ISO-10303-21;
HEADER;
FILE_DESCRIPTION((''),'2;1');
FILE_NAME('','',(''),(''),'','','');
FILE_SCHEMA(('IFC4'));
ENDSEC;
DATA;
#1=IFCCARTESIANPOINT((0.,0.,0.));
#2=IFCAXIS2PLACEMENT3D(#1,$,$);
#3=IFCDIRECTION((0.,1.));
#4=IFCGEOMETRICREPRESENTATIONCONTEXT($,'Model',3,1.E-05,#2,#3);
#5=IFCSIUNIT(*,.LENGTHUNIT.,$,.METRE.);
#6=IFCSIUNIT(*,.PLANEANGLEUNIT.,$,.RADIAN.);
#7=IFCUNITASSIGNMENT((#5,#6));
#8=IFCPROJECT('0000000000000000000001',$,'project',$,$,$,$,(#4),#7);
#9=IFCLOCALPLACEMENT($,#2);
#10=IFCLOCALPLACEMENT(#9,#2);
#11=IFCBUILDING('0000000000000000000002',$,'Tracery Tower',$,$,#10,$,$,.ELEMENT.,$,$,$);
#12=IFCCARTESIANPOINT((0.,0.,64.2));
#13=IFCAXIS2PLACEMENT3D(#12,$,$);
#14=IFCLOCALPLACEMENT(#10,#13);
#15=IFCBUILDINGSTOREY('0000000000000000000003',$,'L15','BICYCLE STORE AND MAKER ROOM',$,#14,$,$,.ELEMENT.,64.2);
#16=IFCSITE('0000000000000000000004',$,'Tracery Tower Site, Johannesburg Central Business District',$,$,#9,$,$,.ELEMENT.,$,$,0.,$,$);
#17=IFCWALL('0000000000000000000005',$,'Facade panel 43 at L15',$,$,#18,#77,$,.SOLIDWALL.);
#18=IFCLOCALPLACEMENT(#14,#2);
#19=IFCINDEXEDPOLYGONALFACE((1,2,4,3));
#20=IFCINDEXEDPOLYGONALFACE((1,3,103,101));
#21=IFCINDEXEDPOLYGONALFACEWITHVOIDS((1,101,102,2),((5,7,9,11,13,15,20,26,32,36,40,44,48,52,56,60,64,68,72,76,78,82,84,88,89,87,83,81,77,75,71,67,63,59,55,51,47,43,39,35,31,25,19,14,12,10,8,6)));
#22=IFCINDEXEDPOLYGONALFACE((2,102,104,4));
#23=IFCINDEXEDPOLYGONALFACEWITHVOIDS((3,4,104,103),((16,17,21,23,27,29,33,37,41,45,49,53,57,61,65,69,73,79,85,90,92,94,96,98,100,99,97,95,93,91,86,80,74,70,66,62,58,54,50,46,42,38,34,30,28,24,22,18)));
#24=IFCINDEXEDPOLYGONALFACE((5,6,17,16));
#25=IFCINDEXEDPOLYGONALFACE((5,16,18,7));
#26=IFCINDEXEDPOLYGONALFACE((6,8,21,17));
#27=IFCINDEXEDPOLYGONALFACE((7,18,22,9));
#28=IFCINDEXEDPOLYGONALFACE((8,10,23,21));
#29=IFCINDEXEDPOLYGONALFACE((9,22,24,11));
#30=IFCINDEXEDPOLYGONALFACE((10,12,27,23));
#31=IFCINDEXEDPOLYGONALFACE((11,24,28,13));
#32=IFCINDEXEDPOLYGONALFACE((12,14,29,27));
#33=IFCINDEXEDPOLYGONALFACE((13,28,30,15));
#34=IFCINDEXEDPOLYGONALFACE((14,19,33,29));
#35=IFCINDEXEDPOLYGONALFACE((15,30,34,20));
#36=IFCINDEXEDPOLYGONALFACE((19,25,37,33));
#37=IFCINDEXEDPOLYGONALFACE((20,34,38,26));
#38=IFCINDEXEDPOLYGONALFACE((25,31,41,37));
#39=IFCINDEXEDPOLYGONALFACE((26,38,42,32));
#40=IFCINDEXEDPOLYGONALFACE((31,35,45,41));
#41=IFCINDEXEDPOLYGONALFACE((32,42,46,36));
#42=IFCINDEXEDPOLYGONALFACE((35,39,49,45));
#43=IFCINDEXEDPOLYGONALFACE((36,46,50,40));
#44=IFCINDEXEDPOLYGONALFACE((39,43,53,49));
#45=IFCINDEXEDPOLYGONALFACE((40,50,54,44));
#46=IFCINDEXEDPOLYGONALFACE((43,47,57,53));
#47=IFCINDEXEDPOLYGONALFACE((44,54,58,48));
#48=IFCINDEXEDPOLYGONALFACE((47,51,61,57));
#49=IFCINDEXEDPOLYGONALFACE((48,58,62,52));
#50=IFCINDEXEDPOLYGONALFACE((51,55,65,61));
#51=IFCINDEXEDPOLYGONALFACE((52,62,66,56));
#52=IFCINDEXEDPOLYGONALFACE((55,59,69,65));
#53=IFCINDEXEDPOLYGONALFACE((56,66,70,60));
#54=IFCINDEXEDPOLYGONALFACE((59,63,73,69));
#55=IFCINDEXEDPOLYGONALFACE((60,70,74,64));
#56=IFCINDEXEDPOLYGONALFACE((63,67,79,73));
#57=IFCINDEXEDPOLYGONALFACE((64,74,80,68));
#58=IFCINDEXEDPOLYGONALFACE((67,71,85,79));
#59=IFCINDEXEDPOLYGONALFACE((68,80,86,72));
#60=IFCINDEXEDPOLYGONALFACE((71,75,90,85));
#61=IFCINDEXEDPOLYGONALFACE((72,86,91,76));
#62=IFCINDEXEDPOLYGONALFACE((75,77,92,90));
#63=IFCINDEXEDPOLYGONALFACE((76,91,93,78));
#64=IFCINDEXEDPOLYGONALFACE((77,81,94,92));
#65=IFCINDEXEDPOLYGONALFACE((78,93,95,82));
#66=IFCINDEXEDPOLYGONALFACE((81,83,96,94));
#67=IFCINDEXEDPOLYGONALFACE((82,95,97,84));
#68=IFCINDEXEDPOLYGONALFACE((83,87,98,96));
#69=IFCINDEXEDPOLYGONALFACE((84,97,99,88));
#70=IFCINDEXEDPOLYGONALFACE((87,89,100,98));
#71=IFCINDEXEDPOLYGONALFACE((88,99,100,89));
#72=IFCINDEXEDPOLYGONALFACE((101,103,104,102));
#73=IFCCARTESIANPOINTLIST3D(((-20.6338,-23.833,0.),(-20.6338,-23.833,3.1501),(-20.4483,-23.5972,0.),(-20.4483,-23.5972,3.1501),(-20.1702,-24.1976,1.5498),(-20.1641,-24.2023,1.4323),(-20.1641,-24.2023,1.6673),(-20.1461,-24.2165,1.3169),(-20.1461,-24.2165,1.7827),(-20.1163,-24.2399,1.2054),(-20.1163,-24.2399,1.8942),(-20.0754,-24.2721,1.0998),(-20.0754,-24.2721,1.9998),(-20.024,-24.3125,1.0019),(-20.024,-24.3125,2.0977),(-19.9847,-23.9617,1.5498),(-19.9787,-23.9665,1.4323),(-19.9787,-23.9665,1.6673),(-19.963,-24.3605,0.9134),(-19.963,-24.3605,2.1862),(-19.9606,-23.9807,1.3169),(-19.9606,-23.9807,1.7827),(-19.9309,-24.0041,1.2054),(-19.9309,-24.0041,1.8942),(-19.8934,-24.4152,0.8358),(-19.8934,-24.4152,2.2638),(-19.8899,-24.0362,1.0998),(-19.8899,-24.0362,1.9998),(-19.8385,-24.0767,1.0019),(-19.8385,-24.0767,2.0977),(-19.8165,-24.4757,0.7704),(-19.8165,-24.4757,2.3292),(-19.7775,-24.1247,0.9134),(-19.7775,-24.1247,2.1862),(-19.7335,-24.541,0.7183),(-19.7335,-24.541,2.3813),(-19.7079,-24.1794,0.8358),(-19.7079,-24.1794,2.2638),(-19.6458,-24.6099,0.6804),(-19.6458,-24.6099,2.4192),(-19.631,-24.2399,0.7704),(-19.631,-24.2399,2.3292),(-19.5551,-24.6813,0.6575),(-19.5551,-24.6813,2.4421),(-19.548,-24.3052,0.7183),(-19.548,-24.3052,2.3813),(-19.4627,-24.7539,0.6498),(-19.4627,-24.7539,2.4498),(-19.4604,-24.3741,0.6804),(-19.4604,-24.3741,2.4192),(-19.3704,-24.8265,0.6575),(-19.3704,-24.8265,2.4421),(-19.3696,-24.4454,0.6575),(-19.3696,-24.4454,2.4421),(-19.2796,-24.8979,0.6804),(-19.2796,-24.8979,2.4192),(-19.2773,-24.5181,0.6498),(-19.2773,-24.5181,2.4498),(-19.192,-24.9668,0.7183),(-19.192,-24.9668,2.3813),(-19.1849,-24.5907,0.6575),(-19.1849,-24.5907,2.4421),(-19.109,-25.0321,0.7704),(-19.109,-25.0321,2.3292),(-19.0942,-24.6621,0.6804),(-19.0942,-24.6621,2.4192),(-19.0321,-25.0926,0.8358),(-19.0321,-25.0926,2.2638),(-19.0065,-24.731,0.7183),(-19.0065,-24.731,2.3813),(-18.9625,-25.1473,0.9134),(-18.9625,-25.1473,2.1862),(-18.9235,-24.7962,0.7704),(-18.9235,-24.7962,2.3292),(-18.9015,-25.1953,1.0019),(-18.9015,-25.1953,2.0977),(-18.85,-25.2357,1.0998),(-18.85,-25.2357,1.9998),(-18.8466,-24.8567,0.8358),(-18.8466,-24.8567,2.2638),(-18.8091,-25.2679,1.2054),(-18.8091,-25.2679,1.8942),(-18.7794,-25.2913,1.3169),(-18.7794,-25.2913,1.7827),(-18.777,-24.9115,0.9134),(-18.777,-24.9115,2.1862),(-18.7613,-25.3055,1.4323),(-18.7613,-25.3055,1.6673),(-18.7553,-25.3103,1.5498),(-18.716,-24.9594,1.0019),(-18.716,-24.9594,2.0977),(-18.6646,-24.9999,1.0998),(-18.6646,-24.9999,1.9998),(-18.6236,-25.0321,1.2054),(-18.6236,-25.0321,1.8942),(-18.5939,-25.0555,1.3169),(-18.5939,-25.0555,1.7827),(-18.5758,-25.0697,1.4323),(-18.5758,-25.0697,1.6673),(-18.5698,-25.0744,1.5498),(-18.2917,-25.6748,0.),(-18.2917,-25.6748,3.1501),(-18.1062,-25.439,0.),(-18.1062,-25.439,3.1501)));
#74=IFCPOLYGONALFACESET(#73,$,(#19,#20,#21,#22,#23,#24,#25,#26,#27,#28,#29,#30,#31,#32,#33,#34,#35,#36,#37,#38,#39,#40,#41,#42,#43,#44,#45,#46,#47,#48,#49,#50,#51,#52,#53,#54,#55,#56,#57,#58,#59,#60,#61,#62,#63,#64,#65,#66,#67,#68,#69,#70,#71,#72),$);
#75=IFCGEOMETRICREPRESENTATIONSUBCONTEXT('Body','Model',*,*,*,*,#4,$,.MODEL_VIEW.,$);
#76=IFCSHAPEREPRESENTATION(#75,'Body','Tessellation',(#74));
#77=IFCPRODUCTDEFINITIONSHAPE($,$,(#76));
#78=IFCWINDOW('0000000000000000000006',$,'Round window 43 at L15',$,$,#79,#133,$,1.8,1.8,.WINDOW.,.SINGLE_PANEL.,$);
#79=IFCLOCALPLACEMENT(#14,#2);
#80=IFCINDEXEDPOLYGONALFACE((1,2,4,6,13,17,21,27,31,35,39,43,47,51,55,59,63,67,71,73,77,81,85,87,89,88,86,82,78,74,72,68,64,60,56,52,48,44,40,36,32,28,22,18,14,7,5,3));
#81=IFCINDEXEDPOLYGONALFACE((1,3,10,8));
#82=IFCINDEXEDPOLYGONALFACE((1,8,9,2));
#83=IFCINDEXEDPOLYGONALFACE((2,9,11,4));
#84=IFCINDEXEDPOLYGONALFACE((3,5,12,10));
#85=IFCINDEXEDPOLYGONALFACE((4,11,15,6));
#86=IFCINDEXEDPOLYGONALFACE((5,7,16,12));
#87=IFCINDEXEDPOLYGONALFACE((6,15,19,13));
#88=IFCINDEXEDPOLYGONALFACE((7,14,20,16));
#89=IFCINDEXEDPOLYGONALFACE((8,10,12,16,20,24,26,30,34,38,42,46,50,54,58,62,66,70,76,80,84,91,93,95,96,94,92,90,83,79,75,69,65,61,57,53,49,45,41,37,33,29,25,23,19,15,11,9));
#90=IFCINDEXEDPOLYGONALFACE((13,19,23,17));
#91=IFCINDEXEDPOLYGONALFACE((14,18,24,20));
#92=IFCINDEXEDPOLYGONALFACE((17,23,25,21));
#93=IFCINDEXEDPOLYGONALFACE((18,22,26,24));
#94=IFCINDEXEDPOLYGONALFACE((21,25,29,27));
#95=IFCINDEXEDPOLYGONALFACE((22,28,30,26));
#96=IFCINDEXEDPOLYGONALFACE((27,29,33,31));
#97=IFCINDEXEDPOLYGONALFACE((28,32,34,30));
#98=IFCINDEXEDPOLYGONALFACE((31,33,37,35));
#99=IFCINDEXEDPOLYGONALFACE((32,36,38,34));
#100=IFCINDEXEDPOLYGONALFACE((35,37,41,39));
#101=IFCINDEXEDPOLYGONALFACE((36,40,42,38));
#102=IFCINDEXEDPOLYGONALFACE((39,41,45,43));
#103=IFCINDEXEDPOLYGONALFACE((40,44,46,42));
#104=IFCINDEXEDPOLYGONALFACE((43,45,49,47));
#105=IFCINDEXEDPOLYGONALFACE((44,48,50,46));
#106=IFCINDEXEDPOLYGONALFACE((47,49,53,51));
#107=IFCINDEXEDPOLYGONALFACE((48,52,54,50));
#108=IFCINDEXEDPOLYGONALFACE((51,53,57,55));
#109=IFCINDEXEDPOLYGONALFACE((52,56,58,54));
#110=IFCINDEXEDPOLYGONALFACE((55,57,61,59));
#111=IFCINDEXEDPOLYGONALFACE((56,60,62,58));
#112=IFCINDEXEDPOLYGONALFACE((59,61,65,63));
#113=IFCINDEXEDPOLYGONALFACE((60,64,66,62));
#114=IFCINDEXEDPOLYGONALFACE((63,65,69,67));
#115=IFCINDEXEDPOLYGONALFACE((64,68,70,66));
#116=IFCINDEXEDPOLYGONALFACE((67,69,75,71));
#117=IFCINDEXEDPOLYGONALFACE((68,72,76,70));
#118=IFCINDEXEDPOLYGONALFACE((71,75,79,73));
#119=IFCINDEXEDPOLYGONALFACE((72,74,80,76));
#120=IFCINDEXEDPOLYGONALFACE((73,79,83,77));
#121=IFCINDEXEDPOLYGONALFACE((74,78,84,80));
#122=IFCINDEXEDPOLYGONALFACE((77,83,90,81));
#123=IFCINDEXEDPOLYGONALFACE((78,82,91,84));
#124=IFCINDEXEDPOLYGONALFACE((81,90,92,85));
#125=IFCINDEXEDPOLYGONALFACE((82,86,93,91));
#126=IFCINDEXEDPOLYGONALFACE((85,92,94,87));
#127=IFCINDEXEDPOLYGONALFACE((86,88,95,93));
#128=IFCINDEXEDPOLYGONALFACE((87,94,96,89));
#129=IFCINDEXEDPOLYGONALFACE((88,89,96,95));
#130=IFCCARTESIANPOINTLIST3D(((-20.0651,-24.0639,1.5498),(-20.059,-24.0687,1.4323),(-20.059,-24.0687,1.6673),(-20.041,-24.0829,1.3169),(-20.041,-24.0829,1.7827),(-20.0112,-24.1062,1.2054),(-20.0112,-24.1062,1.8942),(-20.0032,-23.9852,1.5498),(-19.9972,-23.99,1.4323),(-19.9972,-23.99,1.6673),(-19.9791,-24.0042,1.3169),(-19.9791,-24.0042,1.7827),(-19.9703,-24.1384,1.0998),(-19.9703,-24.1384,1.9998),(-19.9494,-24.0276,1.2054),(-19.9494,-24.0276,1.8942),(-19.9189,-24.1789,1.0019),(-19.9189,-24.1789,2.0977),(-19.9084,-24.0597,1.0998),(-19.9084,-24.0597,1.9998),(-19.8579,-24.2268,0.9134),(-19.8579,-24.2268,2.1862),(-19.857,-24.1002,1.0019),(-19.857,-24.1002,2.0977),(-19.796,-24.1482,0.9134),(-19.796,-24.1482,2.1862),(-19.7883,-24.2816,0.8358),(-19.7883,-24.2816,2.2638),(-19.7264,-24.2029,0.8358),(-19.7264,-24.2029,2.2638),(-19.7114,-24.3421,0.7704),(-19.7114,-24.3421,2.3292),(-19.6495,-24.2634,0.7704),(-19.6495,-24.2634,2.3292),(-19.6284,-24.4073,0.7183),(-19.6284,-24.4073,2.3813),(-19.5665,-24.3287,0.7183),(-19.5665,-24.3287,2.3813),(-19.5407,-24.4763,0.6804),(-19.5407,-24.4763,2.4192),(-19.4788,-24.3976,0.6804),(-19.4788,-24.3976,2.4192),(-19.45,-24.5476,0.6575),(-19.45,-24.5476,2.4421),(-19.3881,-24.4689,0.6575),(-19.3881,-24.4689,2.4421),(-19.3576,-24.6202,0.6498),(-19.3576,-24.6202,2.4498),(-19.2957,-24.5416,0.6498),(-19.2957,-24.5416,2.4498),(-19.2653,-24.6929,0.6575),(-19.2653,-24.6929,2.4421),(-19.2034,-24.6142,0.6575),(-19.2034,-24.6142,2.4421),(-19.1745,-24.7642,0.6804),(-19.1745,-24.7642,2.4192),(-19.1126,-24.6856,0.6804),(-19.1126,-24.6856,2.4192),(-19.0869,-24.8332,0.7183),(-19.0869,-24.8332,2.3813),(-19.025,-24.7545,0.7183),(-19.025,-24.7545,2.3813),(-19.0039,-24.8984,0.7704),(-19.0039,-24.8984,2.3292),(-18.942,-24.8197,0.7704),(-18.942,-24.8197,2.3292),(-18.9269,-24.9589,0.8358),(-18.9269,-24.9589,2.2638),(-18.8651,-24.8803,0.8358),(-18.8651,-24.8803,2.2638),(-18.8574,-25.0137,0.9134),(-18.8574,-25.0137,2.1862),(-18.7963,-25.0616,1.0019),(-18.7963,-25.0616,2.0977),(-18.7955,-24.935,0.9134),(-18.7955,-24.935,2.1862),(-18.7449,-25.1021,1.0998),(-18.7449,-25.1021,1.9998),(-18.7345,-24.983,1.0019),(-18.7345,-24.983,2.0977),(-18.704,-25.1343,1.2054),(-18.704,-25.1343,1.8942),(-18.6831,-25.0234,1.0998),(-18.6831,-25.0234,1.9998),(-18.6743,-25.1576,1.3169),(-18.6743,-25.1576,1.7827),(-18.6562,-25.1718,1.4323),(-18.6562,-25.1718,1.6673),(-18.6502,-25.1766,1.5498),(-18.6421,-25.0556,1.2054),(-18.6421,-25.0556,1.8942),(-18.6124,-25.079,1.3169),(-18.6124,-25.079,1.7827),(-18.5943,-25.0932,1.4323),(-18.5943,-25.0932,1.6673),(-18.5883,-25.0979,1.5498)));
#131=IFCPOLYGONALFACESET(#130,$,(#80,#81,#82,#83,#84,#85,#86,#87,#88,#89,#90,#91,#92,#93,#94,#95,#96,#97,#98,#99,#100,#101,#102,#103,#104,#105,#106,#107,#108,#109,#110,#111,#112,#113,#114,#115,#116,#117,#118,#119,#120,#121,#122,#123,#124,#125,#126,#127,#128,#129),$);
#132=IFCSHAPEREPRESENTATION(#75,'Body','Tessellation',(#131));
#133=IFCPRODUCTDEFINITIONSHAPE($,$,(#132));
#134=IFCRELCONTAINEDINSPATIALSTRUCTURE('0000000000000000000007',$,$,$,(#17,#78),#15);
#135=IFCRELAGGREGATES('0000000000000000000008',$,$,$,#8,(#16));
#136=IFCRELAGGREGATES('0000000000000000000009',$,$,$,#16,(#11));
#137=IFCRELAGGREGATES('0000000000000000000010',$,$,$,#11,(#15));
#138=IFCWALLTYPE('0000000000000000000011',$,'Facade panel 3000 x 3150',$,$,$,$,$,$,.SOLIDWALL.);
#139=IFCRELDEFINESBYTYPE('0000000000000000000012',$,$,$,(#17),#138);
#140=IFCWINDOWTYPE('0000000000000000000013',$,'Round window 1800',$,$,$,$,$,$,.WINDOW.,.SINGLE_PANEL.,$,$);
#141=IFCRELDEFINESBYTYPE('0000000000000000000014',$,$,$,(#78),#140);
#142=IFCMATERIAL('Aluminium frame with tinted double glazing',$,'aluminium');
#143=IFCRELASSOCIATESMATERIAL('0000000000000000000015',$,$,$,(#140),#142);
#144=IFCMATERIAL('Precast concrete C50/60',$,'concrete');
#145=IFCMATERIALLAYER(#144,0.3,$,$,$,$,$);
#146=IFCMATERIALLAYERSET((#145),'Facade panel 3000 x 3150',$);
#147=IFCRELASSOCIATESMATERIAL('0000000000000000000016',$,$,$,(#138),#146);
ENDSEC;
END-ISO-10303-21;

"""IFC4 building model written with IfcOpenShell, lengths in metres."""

from ifc_helpers import new_model, si_unit, direction, frame, frame_2d, origin, origin_2d, place, context, subcontext, project, spatial, rectangle, circle, extrude, material, layer, layer_set, type_object, element, fill, save


model = new_model("IFC4")

# Units and contexts
model_context = context("Model", 3, precision=1e-05, world=origin(), true_north=direction((0.0, 1.0)))
body_context = subcontext(model_context, "Body", "Model", "MODEL_VIEW")
ifc_project = project(units=[si_unit("LENGTHUNIT", "METRE"), si_unit("PLANEANGLEUNIT", "RADIAN")], contexts=[model_context])

# Site, building, storey
site_placement = place(None, origin())
site = spatial("IfcSite", under=ifc_project, at=site_placement, Name="Tracery Tower Site, Johannesburg Central Business District", CompositionType="ELEMENT", RefElevation=0.0)
building_placement = place(site_placement, origin())
building = spatial("IfcBuilding", under=site, at=building_placement, Name="Tracery Tower", CompositionType="ELEMENT")
storey_placement = place(building_placement, frame((0.0, 0.0, 64.2)))
storey = spatial("IfcBuildingStorey", under=building, at=storey_placement, Name="L15", Description="BICYCLE STORE AND MAKER ROOM", CompositionType="ELEMENT", Elevation=64.2)

# Wall, opening, window
ifc_material_1 = material(Name="Aluminium frame with tinted double glazing", Category="aluminium")
window_type = type_object("IfcWindowType", Name="Round window 1800", PartitioningType="SINGLE_PANEL", PredefinedType="WINDOW", material=ifc_material_1)
ifc_material_2 = material(Name="Precast concrete C50/60", Category="concrete")
ifc_layer_1 = layer(ifc_material_2, 0.3)
ifc_layer_set_1 = layer_set([ifc_layer_1], Name="Facade panel 3000 x 3150")
wall_type_1 = type_object("IfcWallType", Name="Facade panel 3000 x 3150", PredefinedType="SOLIDWALL", material=ifc_layer_set_1)
wall_1_placement = place(storey_placement, frame((-20.541, -23.7151, 0.0), z_axis=(0.0, 0.0, 1.0), x_axis=(0.786054, -0.618158, 0.0)))
wall_1 = element("IfcWall", 1, at=wall_1_placement, inside=storey, type_object=wall_type_1, Name="Facade panel 43 at L15", PredefinedType="SOLIDWALL", context=body_context, shape_type="SweptSolid", body=[
    extrude(rectangle(XDim=2.9795, YDim=0.3, at=frame_2d((1.4897, 0.0))), origin(), (0.0, 0.0, 1.0), 3.1501),
])
opening_1_placement = place(wall_1_placement, frame((1.4897, 0.0, 1.5498)))
opening_1 = element("IfcOpeningElement", 2, at=opening_1_placement, cuts=wall_1, PredefinedType="OPENING", context=body_context, shape_type="SweptSolid", body=[
    extrude(circle(Radius=0.9, at=origin_2d()), frame((0.0, 0.1599, 0.0), z_axis=(0.0, -1.0, 0.0), x_axis=(1.0, 0.0, 0.0)), (0.0, 0.0, 1.0), 0.3201),
])
window_1_placement = place(opening_1_placement, origin())
window_1 = element("IfcWindow", 3, at=window_1_placement, inside=storey, type_object=window_type, Name="Round window 43 at L15", OverallHeight=1.8, OverallWidth=1.8, PartitioningType="SINGLE_PANEL", PredefinedType="WINDOW", context=body_context, shape_type="SweptSolid", body=[
    extrude(circle(Radius=0.9, at=origin_2d()), frame((0.0, 0.1201, 0.0), z_axis=(0.0, -1.0, 0.0), x_axis=(1.0, 0.0, 0.0)), (0.0, 0.0, 1.0), 0.1001),
])
fill(opening_1, window_1)

save(model, "model.ifc")
